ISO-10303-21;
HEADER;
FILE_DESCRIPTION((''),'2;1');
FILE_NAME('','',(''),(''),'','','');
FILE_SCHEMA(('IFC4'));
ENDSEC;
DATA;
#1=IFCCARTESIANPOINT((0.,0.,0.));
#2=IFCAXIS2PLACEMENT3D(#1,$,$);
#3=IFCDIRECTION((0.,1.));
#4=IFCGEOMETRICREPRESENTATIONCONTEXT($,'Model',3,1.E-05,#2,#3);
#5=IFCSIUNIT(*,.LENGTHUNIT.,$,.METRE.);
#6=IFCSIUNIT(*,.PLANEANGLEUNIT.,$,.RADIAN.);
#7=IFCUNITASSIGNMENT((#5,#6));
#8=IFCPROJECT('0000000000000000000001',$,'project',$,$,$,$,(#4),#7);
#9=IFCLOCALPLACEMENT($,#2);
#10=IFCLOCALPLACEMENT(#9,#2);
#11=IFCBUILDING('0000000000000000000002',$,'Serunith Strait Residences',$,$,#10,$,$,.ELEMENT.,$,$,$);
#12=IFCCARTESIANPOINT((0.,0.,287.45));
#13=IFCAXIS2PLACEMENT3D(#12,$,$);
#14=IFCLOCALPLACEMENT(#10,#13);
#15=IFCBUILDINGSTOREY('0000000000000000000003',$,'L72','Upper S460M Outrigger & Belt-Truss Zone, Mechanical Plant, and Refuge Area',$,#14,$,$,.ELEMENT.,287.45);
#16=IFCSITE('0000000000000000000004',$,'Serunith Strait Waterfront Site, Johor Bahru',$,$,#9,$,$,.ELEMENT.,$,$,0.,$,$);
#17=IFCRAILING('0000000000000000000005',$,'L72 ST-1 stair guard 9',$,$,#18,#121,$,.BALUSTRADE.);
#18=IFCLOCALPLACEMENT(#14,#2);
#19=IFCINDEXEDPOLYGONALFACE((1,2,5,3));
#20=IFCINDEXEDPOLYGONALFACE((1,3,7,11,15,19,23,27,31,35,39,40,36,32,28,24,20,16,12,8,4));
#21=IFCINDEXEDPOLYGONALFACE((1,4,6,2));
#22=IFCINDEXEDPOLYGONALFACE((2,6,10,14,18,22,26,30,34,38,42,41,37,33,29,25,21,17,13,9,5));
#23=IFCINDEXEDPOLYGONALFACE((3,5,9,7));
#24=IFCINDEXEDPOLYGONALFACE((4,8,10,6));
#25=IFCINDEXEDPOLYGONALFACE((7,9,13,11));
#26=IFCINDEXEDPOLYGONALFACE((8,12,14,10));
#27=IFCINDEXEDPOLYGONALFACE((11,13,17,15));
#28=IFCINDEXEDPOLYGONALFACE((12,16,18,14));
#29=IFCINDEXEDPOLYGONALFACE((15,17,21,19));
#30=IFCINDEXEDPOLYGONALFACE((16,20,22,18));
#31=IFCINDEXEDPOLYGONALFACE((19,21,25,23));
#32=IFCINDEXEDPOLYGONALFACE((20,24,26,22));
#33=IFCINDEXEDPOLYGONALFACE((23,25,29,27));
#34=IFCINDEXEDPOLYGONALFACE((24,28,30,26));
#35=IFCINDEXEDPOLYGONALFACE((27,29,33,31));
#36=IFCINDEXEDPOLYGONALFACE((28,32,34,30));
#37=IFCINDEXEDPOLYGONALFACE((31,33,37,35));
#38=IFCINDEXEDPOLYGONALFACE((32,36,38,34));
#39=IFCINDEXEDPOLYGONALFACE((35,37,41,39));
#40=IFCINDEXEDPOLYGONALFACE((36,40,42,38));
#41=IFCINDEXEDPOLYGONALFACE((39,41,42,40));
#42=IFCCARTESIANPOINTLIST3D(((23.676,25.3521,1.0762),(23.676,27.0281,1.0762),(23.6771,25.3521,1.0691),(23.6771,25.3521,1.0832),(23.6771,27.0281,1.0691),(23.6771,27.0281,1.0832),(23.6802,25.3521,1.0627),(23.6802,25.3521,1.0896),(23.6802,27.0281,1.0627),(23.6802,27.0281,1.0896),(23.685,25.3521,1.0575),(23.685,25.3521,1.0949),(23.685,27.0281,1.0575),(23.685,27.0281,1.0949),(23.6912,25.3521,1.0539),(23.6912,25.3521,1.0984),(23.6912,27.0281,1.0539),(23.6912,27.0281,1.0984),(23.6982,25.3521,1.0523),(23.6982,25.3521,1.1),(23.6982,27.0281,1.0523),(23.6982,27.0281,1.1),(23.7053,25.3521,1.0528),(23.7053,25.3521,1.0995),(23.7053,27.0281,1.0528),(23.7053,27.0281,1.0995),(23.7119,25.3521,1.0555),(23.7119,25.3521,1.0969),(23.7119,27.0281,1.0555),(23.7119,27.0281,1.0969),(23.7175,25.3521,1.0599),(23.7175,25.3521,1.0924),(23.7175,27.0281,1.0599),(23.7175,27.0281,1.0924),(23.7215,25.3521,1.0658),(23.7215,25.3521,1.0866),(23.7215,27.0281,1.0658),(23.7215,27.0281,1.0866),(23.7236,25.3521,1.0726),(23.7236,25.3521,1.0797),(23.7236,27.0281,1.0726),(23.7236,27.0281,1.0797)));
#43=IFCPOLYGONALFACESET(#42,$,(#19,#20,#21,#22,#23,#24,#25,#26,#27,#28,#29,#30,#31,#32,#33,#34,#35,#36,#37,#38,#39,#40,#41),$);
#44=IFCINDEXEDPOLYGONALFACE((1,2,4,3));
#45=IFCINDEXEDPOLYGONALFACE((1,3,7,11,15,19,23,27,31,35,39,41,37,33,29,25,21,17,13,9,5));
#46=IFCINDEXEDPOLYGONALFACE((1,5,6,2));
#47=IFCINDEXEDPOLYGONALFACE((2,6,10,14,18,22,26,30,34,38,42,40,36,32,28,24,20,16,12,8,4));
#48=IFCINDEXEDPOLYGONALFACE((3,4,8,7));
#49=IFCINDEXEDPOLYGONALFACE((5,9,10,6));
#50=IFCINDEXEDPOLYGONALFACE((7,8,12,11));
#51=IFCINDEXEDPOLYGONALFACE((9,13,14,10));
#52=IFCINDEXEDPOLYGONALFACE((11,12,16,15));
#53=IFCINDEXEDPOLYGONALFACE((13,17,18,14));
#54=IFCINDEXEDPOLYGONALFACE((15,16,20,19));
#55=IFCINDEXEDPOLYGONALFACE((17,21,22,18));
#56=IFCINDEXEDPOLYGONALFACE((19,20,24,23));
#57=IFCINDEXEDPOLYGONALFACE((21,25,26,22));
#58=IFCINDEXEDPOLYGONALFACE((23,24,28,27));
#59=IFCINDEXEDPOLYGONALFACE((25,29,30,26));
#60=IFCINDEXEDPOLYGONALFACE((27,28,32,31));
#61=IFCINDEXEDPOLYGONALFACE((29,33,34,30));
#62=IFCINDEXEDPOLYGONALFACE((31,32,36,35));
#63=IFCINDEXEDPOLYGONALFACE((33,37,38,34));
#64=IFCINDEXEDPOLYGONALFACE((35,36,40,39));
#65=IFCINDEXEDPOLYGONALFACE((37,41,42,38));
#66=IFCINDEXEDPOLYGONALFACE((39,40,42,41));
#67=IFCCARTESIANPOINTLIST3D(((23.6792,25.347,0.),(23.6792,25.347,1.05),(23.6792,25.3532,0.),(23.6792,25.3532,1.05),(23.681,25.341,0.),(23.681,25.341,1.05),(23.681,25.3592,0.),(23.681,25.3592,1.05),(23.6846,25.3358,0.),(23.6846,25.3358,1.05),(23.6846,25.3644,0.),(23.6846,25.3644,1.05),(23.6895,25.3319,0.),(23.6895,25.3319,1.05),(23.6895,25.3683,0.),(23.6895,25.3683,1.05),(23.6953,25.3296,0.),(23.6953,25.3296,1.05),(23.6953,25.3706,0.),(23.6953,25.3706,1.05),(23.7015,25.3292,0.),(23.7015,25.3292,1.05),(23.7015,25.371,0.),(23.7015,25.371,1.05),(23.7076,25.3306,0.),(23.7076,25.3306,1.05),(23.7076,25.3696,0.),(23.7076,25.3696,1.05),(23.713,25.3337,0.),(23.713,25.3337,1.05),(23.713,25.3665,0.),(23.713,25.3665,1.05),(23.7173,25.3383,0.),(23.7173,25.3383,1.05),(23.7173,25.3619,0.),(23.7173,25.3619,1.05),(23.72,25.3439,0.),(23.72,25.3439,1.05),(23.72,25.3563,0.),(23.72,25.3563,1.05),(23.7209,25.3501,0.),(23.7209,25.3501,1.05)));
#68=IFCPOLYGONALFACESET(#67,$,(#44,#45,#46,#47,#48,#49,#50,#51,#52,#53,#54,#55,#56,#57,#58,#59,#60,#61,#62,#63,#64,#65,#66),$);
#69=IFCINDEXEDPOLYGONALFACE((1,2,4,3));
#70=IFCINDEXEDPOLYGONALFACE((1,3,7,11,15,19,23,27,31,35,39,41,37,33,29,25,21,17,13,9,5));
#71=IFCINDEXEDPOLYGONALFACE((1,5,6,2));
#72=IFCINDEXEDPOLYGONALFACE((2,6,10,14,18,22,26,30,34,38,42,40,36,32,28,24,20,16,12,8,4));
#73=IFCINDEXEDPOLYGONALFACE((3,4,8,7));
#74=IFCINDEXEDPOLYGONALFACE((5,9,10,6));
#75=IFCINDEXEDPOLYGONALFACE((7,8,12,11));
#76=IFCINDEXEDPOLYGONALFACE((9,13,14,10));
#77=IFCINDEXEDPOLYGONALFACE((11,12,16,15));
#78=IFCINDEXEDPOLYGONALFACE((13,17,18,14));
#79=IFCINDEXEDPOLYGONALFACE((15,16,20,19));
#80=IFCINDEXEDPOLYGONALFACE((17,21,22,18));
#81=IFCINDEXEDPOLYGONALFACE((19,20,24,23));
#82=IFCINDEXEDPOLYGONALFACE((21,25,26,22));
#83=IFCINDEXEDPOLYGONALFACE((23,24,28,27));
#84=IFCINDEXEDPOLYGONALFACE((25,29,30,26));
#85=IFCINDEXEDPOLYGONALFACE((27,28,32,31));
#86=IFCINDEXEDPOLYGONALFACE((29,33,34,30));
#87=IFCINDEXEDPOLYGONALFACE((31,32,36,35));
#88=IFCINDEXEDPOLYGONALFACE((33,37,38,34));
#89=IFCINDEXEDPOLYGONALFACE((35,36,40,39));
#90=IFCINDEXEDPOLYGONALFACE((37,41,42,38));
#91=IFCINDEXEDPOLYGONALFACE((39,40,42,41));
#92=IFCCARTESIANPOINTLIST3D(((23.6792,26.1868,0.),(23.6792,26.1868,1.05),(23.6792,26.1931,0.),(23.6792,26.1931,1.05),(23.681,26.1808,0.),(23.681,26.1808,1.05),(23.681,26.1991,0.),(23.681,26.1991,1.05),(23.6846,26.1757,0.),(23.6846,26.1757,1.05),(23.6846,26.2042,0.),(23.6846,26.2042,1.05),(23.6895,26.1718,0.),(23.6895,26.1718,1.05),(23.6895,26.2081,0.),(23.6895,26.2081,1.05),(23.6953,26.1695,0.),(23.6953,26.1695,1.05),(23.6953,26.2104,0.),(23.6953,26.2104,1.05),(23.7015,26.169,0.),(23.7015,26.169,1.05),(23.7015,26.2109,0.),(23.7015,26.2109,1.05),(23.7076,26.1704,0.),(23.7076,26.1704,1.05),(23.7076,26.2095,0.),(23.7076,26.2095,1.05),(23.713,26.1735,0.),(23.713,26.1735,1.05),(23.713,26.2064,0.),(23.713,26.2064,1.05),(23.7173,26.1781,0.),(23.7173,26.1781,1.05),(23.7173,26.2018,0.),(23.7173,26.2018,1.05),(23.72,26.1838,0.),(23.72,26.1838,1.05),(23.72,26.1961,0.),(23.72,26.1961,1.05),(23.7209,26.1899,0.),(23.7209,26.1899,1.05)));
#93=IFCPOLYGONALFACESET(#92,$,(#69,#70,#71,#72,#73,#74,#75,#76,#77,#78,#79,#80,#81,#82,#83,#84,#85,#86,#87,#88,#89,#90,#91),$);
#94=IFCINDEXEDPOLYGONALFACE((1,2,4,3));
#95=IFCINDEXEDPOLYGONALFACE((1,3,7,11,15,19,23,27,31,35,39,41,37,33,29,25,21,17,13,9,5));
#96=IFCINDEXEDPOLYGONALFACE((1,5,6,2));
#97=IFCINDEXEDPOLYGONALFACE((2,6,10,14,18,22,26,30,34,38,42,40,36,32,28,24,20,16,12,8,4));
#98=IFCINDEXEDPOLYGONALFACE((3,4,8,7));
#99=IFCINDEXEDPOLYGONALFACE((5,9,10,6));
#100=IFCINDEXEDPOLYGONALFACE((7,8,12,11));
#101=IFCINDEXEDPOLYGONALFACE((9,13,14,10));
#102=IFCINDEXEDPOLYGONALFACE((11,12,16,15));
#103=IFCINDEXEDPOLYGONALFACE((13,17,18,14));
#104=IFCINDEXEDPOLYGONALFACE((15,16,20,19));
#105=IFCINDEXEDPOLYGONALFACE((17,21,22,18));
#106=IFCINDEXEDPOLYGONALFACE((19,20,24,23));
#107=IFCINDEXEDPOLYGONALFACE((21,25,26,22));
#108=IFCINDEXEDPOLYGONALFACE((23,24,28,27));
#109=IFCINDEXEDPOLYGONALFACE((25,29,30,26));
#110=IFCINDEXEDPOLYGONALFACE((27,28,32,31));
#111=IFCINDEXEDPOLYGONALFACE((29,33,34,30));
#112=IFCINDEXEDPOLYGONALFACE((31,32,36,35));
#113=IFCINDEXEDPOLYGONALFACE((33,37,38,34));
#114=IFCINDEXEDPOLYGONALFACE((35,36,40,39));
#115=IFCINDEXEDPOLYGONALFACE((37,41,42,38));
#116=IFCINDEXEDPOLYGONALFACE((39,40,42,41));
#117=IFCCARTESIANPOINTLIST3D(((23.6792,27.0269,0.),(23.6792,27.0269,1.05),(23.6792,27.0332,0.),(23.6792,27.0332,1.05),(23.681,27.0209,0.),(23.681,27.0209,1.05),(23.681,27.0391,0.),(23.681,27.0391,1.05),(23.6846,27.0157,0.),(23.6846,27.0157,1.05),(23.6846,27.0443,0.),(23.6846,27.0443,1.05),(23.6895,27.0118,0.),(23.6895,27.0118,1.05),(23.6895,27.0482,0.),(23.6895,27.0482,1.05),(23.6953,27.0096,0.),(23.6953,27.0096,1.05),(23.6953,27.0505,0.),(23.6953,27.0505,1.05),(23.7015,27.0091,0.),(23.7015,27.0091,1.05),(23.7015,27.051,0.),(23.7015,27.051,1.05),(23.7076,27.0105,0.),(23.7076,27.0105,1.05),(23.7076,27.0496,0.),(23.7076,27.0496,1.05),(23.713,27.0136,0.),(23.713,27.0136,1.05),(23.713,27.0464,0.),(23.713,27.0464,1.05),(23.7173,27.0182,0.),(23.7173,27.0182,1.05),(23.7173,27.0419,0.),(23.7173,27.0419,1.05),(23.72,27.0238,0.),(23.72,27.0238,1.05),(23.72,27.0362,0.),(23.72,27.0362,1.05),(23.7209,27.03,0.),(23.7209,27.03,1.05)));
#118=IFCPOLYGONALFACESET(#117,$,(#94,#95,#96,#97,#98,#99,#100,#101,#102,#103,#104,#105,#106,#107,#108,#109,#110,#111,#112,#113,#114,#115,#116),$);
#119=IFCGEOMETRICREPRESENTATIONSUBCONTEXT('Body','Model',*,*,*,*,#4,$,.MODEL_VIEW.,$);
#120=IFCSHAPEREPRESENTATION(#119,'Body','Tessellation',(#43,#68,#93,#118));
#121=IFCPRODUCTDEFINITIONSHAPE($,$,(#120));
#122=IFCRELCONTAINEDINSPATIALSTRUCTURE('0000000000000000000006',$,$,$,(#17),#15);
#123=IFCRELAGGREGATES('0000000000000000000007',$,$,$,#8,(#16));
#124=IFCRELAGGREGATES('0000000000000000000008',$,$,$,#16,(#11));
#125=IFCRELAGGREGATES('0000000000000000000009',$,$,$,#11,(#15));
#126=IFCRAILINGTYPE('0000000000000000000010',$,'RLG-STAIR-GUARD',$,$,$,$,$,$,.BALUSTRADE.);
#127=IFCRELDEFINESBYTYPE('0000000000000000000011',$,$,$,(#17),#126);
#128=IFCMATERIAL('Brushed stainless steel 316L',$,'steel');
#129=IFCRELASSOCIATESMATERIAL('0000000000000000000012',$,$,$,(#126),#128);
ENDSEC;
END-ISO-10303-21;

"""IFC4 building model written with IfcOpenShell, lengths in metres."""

from ifc_helpers import new_model, si_unit, direction, frame, origin, origin_2d, place, context, subcontext, project, spatial, circle, extrude, material, type_object, element, save


model = new_model("IFC4")

# Units and contexts
model_context = context("Model", 3, precision=1e-05, world=origin(), true_north=direction((0.0, 1.0)))
body_context = subcontext(model_context, "Body", "Model", "MODEL_VIEW")
ifc_project = project(units=[si_unit("LENGTHUNIT", "METRE"), si_unit("PLANEANGLEUNIT", "RADIAN")], contexts=[model_context])

# Site, building, storey
site_placement = place(None, origin())
site = spatial("IfcSite", under=ifc_project, at=site_placement, Name="Serunith Strait Waterfront Site, Johor Bahru", CompositionType="ELEMENT", RefElevation=0.0)
building_placement = place(site_placement, origin())
building = spatial("IfcBuilding", under=site, at=building_placement, Name="Serunith Strait Residences", CompositionType="ELEMENT")
storey_placement = place(building_placement, frame((0.0, 0.0, 287.45)))
storey = spatial("IfcBuildingStorey", under=building, at=storey_placement, Name="L72", Description="Upper S460M Outrigger & Belt-Truss Zone, Mechanical Plant, and Refuge Area", CompositionType="ELEMENT", Elevation=287.45)

# Railing
ifc_material_1 = material(Name="Brushed stainless steel 316L", Category="steel")
railing_type_1 = type_object("IfcRailingType", Name="RLG-STAIR-GUARD", PredefinedType="BALUSTRADE", material=ifc_material_1)
for number, where, name in (
    (1, (23.7, 25.3501, 0.0), "L72 ST-1 stair guard 9"),
):
    element("IfcRailing", number, at=place(storey_placement, frame(where)), inside=storey, type_object=railing_type_1, Name=name, PredefinedType="BALUSTRADE", context=body_context, shape_type="SweptSolid", body=[
        extrude(circle(Radius=0.0239, at=origin_2d()), frame((0.0, 0.002, 1.0762), z_axis=(0.0, 1.0, 0.0), x_axis=(-1.0, 0.0, 0.0)), (0.0, 0.0, 1.0), 1.676),
        extrude(circle(Radius=0.021, at=origin_2d()), origin(), (0.0, 0.0, 1.0), 1.05),
        extrude(circle(Radius=0.021, at=origin_2d()), frame((0.0, 0.8398, 0.0)), (0.0, 0.0, 1.0), 1.05),
        extrude(circle(Radius=0.021, at=origin_2d()), frame((0.0, 1.6799, 0.0)), (0.0, 0.0, 1.0), 1.05),
    ])

save(model, "model.ifc")
